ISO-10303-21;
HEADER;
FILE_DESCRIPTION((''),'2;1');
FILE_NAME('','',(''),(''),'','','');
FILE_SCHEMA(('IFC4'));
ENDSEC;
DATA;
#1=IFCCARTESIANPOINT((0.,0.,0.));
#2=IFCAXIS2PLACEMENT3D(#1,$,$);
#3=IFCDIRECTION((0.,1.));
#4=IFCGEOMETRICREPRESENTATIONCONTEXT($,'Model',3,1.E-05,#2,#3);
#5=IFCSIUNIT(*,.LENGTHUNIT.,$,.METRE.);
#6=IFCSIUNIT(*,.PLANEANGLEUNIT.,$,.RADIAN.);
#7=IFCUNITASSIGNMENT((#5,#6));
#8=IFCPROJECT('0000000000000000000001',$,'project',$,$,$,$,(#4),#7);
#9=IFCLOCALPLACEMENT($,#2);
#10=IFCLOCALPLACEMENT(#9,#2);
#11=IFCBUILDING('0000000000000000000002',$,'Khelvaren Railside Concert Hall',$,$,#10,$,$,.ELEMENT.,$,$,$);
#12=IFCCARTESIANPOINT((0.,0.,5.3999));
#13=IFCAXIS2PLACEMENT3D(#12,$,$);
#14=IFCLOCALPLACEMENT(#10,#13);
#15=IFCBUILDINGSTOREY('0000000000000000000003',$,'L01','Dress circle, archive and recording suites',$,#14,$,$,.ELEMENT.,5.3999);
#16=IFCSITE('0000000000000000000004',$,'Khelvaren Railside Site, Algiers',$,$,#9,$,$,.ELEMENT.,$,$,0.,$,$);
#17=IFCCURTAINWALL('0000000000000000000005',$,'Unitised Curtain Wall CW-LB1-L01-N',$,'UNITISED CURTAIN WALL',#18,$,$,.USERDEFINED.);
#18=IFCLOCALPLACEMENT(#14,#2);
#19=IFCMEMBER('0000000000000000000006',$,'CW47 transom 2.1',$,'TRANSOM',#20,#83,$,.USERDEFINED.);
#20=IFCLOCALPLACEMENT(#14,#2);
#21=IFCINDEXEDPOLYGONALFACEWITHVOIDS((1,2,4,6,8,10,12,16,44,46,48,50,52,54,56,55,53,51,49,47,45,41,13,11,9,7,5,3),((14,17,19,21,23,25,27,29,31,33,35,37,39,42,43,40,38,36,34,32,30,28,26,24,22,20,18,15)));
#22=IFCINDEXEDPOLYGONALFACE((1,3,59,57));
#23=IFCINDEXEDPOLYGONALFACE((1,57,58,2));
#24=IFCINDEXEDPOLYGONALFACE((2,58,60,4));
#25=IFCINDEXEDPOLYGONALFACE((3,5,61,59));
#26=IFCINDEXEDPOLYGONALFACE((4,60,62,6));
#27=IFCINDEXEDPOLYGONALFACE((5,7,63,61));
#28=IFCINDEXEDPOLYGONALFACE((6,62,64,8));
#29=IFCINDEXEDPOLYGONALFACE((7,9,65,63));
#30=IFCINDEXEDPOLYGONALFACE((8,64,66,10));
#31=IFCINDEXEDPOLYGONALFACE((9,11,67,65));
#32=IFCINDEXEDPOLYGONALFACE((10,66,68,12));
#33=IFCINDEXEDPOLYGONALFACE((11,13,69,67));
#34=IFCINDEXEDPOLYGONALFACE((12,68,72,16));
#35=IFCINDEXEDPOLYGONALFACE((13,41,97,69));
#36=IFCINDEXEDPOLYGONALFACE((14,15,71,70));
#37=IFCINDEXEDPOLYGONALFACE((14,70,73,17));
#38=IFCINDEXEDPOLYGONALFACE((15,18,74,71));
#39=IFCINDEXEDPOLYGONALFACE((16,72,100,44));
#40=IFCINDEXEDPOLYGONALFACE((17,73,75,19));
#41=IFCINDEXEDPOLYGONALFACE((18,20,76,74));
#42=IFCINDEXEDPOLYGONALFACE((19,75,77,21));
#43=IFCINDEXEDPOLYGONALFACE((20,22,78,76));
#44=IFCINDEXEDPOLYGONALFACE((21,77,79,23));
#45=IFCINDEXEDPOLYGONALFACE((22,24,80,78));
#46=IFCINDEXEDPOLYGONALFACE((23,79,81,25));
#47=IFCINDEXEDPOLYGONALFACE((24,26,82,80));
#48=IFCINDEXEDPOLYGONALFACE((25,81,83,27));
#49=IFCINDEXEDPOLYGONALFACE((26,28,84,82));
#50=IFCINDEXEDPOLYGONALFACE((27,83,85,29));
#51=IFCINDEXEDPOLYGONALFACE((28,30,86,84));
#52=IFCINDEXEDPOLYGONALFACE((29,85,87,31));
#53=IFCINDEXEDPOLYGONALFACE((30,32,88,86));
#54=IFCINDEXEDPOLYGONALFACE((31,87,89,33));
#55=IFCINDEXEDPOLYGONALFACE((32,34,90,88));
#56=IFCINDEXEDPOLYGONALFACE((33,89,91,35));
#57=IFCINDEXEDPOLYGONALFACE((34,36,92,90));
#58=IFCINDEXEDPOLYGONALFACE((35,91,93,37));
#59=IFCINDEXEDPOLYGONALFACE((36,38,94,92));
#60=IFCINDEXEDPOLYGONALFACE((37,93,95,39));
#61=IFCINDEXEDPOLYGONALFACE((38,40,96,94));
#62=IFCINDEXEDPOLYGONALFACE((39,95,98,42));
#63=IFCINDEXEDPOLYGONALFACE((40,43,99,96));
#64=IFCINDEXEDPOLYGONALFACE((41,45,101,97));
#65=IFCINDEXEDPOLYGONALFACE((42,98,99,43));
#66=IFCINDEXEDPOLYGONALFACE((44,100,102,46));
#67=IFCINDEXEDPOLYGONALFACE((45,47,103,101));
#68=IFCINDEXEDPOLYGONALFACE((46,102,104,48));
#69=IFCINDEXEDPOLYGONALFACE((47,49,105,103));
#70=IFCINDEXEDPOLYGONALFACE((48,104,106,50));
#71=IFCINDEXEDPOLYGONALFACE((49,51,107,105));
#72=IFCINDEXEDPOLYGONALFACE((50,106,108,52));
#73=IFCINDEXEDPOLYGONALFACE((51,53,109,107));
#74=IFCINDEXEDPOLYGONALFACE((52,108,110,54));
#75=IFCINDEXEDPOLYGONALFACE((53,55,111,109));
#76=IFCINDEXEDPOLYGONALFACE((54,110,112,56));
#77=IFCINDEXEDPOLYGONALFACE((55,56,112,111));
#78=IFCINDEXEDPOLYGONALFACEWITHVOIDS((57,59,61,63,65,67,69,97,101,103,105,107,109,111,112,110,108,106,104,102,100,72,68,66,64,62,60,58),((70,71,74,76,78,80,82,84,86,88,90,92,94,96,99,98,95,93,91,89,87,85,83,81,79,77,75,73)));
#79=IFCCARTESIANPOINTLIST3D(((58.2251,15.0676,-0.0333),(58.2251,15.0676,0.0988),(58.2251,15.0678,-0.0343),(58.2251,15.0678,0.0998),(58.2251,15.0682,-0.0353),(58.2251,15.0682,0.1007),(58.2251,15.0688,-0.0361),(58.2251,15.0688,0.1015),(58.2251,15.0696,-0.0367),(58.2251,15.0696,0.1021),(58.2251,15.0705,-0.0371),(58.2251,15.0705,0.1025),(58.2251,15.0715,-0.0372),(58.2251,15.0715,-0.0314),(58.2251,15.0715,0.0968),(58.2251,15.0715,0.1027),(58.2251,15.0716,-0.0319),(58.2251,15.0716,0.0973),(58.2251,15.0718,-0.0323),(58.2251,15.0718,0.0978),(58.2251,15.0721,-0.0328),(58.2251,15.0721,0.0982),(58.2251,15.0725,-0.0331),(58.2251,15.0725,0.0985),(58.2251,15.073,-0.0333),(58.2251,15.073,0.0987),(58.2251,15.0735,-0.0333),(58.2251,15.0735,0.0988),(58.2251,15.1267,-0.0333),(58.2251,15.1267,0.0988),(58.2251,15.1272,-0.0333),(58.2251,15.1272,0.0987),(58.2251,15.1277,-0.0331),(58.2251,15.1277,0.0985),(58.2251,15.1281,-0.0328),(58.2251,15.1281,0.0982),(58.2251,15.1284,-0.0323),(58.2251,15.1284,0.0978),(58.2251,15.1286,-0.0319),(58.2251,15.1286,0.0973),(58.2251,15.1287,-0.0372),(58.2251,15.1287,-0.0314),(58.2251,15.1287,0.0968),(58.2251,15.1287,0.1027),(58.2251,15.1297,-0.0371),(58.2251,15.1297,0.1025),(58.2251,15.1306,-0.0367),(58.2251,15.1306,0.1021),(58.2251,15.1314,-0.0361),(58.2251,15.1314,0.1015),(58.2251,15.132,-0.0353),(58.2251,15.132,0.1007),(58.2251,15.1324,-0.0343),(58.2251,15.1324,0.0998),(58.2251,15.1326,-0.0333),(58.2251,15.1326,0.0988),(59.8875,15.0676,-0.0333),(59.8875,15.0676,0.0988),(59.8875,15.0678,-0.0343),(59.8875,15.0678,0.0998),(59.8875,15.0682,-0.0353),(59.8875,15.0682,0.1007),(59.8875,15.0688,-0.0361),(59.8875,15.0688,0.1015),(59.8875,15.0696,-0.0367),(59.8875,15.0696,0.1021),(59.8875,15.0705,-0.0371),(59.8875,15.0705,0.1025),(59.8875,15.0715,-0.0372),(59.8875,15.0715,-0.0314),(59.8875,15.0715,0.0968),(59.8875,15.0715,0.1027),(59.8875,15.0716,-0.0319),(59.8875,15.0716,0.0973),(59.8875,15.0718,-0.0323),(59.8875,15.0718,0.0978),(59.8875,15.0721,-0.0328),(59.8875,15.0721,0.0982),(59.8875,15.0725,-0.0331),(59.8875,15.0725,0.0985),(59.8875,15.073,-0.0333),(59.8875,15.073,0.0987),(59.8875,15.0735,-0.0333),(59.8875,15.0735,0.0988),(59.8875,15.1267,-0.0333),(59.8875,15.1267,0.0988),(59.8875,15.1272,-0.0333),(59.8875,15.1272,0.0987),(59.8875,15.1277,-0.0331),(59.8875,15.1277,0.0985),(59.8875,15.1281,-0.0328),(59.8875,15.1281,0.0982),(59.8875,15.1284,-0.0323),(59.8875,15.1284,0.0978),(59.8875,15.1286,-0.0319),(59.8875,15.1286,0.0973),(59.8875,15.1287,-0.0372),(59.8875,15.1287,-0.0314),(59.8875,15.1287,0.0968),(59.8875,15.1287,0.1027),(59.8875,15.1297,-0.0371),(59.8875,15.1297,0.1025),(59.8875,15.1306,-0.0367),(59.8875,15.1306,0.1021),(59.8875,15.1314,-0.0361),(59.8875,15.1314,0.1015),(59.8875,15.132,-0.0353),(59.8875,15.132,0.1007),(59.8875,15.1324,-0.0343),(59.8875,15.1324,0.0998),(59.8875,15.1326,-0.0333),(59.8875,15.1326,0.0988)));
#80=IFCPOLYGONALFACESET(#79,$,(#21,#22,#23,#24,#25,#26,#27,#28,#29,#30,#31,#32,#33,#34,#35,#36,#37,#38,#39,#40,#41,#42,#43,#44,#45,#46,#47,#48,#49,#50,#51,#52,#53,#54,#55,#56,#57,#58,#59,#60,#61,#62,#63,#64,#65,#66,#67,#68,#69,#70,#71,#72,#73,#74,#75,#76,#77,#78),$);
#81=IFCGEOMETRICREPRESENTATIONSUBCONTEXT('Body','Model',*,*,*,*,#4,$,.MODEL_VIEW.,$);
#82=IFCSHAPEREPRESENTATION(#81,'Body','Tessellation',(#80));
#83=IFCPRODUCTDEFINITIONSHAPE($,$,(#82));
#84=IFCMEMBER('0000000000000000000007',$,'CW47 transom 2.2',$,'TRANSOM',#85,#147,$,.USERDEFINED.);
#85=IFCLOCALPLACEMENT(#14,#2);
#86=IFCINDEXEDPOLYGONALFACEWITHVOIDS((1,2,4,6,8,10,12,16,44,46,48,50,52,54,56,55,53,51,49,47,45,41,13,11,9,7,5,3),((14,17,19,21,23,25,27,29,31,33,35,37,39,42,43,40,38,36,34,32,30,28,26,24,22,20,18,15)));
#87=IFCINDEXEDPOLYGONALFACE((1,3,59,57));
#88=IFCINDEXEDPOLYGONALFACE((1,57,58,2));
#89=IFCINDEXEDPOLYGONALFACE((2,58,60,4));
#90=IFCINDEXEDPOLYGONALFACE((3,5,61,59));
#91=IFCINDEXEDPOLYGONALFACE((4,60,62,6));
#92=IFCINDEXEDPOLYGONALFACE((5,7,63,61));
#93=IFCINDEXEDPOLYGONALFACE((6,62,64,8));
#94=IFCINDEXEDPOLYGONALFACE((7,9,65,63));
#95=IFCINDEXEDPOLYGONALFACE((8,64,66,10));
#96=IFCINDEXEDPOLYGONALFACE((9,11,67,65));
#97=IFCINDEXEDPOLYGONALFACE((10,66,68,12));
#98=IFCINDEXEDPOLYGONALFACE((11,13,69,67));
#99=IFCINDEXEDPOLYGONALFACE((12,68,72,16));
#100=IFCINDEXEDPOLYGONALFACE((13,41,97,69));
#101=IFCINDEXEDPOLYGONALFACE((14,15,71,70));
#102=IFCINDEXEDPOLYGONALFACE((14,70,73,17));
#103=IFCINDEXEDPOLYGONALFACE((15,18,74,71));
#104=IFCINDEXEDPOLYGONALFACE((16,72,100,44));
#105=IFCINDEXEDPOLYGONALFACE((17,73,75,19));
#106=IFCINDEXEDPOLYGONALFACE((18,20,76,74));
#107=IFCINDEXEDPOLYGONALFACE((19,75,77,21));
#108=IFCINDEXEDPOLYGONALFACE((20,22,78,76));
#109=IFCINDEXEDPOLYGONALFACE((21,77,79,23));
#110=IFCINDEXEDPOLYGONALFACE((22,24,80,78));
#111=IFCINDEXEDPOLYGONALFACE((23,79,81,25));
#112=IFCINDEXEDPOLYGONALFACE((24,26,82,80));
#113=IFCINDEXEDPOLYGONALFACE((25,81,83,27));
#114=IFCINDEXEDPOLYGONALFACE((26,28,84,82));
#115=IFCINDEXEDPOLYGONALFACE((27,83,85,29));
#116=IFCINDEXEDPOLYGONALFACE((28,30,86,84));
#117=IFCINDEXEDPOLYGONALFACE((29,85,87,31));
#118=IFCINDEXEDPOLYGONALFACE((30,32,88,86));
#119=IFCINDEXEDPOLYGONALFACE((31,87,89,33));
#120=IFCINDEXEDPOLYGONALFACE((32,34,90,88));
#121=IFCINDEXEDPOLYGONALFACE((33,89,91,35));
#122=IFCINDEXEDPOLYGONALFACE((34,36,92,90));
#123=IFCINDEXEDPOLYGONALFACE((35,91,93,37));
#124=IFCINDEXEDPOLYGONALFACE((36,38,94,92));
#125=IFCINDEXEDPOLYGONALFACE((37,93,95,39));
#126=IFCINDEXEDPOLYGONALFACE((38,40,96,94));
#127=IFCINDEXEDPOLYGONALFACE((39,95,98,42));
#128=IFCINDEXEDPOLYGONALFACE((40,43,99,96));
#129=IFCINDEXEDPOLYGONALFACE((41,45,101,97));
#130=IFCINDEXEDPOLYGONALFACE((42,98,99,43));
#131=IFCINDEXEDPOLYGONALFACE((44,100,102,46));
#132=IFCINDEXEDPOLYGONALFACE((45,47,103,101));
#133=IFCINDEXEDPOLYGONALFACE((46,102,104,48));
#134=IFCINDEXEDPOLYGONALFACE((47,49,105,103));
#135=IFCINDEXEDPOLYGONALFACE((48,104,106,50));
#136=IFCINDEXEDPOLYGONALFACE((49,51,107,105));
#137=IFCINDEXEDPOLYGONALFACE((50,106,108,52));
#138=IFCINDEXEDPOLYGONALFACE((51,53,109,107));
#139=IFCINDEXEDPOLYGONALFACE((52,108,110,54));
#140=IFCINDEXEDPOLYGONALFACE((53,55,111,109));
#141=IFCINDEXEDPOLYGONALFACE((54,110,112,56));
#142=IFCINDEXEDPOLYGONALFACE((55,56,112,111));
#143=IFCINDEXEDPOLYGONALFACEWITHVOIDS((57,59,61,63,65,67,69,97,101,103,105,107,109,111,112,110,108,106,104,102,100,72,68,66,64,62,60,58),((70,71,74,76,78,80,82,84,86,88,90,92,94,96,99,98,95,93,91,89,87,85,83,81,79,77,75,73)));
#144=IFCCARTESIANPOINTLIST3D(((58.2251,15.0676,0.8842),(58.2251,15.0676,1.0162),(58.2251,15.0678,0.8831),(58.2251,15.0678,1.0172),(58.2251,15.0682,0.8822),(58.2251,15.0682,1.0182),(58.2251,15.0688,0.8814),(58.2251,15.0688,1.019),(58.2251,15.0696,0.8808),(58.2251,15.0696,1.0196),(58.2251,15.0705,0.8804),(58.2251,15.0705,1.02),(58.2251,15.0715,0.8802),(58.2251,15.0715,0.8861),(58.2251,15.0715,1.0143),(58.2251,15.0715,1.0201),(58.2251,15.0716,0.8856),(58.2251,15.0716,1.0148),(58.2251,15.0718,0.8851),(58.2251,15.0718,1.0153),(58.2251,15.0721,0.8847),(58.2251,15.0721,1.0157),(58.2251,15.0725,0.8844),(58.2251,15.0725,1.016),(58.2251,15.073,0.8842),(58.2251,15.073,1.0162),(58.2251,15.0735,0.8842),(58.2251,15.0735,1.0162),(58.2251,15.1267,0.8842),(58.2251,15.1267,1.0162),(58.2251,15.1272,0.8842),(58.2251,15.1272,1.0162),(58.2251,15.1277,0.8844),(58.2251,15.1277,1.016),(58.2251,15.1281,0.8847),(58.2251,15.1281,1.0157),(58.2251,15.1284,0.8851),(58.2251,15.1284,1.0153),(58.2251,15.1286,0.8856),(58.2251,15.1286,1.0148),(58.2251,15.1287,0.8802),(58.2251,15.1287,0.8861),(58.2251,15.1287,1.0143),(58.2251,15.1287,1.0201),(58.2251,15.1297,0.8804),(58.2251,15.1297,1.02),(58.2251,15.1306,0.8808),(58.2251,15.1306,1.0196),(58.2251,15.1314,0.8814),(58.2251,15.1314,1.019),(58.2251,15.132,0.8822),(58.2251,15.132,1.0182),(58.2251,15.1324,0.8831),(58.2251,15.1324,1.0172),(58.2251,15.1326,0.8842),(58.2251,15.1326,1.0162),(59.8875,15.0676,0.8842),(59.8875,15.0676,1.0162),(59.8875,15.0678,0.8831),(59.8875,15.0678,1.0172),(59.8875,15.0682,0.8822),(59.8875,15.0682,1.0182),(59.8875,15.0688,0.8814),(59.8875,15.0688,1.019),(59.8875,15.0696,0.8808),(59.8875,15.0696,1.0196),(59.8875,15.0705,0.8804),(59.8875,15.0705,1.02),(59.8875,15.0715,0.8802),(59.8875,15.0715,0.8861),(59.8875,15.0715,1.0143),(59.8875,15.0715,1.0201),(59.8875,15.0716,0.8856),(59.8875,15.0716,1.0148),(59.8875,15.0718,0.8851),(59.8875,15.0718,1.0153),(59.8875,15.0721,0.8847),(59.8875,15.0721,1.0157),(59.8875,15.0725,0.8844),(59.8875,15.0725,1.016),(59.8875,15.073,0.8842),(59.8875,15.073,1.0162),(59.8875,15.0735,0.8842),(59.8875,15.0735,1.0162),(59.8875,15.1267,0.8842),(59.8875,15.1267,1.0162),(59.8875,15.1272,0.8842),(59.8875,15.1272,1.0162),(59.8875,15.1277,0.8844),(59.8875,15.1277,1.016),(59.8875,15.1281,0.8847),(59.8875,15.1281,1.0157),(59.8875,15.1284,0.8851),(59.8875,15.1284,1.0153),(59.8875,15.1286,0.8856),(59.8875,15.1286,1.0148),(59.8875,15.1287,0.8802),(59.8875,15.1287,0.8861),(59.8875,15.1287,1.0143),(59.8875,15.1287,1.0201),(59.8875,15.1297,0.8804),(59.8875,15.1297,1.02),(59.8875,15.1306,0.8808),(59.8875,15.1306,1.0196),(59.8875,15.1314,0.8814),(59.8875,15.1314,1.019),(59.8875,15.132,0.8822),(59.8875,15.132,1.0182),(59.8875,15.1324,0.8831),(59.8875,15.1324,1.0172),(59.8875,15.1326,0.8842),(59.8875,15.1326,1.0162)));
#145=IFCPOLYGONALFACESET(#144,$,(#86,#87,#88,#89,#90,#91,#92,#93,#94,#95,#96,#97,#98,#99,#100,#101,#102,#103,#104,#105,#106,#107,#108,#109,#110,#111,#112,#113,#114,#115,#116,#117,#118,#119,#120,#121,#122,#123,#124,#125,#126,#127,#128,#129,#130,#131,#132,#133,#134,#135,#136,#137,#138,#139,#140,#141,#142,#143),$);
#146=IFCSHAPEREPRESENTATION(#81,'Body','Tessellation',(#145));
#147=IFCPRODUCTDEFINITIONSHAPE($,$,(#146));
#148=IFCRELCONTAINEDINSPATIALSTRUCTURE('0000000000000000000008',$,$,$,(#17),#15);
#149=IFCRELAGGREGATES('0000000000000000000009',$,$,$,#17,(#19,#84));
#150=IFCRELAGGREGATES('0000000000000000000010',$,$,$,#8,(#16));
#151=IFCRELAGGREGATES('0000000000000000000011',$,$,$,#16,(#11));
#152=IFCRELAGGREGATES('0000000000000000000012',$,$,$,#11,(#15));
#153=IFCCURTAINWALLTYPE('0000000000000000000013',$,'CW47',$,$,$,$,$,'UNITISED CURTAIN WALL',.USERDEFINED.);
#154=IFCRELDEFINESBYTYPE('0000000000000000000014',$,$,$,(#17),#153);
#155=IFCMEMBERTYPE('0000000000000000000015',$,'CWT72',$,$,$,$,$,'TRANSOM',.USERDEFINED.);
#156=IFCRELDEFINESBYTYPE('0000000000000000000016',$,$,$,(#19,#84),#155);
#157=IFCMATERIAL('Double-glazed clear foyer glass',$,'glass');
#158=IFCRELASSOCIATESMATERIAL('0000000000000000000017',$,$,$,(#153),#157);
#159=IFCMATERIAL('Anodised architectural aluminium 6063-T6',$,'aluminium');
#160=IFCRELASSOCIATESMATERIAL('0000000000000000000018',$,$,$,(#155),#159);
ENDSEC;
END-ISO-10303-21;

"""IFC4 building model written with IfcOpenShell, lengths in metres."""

from ifc_helpers import new_model, si_unit, direction, frame, origin, origin_2d, place, context, subcontext, project, spatial, hollow_rectangle, extrude, material, material_profile, profile_set, type_object, element, aggregate, save


model = new_model("IFC4")

# Units and contexts
model_context = context("Model", 3, precision=1e-05, world=origin(), true_north=direction((0.0, 1.0)))
body_context = subcontext(model_context, "Body", "Model", "MODEL_VIEW")
ifc_project = project(units=[si_unit("LENGTHUNIT", "METRE"), si_unit("PLANEANGLEUNIT", "RADIAN")], contexts=[model_context])

# Site, building, storey
site_placement = place(None, origin())
site = spatial("IfcSite", under=ifc_project, at=site_placement, Name="Khelvaren Railside Site, Algiers", CompositionType="ELEMENT", RefElevation=0.0)
building_placement = place(site_placement, origin())
building = spatial("IfcBuilding", under=site, at=building_placement, Name="Khelvaren Railside Concert Hall", CompositionType="ELEMENT")
storey_placement = place(building_placement, frame((0.0, 0.0, 5.3999)))
storey = spatial("IfcBuildingStorey", under=building, at=storey_placement, Name="L01", Description="Dress circle, archive and recording suites", CompositionType="ELEMENT", Elevation=5.3999)

# Curtain wall, members
ifc_material_1 = material(Name="Double-glazed clear foyer glass", Category="glass")
curtain_wall_type = type_object("IfcCurtainWallType", Name="CW47", ElementType="UNITISED CURTAIN WALL", PredefinedType="USERDEFINED", material=ifc_material_1)
curtain_wall_placement = place(storey_placement, origin())
curtain_wall = element("IfcCurtainWall", 1, at=curtain_wall_placement, inside=storey, type_object=curtain_wall_type, Name="Unitised Curtain Wall CW-LB1-L01-N", ObjectType="UNITISED CURTAIN WALL", PredefinedType="USERDEFINED")
ifc_material_2 = material(Name="Anodised architectural aluminium 6063-T6", Category="aluminium")
ifc_material_profile_1 = material_profile(ifc_material_2, hollow_rectangle(XDim=0.0649, YDim=0.1399, WallThickness=0.0039, InnerFilletRadius=0.002, OuterFilletRadius=0.0039, at=origin_2d()), Name="CWT 65x140x4")
ifc_profile_set_1 = profile_set([ifc_material_profile_1], Name="Anodised architectural aluminium 6063-T6")
member_type_1 = type_object("IfcMemberType", Name="CWT72", ElementType="TRANSOM", PredefinedType="USERDEFINED", material=ifc_profile_set_1)
member_1_placement = place(storey_placement, frame((58.2251, 15.1001, 0.0327), z_axis=(1.0, 0.0, 0.0), x_axis=(0.0, 1.0, 0.0)))
member_1 = element("IfcMember", 2, at=member_1_placement, type_object=member_type_1, Name="CW47 transom 2.1", ObjectType="TRANSOM", PredefinedType="USERDEFINED", context=body_context, shape_type="SweptSolid", body=[
    extrude(hollow_rectangle(XDim=0.0649, YDim=0.1399, WallThickness=0.0039, InnerFilletRadius=0.002, OuterFilletRadius=0.0039, at=origin_2d()), origin(), (0.0, 0.0, 1.0), 1.6624),
])
member_2_placement = place(storey_placement, frame((58.2251, 15.1001, 0.9502), z_axis=(1.0, 0.0, 0.0), x_axis=(0.0, 1.0, 0.0)))
member_2 = element("IfcMember", 3, at=member_2_placement, type_object=member_type_1, Name="CW47 transom 2.2", ObjectType="TRANSOM", PredefinedType="USERDEFINED", context=body_context, shape_type="SweptSolid", body=[
    extrude(hollow_rectangle(XDim=0.0649, YDim=0.1399, WallThickness=0.0039, InnerFilletRadius=0.002, OuterFilletRadius=0.0039, at=origin_2d()), origin(), (0.0, 0.0, 1.0), 1.6624),
])

aggregate(curtain_wall, [member_1, member_2])

save(model, "model.ifc")
